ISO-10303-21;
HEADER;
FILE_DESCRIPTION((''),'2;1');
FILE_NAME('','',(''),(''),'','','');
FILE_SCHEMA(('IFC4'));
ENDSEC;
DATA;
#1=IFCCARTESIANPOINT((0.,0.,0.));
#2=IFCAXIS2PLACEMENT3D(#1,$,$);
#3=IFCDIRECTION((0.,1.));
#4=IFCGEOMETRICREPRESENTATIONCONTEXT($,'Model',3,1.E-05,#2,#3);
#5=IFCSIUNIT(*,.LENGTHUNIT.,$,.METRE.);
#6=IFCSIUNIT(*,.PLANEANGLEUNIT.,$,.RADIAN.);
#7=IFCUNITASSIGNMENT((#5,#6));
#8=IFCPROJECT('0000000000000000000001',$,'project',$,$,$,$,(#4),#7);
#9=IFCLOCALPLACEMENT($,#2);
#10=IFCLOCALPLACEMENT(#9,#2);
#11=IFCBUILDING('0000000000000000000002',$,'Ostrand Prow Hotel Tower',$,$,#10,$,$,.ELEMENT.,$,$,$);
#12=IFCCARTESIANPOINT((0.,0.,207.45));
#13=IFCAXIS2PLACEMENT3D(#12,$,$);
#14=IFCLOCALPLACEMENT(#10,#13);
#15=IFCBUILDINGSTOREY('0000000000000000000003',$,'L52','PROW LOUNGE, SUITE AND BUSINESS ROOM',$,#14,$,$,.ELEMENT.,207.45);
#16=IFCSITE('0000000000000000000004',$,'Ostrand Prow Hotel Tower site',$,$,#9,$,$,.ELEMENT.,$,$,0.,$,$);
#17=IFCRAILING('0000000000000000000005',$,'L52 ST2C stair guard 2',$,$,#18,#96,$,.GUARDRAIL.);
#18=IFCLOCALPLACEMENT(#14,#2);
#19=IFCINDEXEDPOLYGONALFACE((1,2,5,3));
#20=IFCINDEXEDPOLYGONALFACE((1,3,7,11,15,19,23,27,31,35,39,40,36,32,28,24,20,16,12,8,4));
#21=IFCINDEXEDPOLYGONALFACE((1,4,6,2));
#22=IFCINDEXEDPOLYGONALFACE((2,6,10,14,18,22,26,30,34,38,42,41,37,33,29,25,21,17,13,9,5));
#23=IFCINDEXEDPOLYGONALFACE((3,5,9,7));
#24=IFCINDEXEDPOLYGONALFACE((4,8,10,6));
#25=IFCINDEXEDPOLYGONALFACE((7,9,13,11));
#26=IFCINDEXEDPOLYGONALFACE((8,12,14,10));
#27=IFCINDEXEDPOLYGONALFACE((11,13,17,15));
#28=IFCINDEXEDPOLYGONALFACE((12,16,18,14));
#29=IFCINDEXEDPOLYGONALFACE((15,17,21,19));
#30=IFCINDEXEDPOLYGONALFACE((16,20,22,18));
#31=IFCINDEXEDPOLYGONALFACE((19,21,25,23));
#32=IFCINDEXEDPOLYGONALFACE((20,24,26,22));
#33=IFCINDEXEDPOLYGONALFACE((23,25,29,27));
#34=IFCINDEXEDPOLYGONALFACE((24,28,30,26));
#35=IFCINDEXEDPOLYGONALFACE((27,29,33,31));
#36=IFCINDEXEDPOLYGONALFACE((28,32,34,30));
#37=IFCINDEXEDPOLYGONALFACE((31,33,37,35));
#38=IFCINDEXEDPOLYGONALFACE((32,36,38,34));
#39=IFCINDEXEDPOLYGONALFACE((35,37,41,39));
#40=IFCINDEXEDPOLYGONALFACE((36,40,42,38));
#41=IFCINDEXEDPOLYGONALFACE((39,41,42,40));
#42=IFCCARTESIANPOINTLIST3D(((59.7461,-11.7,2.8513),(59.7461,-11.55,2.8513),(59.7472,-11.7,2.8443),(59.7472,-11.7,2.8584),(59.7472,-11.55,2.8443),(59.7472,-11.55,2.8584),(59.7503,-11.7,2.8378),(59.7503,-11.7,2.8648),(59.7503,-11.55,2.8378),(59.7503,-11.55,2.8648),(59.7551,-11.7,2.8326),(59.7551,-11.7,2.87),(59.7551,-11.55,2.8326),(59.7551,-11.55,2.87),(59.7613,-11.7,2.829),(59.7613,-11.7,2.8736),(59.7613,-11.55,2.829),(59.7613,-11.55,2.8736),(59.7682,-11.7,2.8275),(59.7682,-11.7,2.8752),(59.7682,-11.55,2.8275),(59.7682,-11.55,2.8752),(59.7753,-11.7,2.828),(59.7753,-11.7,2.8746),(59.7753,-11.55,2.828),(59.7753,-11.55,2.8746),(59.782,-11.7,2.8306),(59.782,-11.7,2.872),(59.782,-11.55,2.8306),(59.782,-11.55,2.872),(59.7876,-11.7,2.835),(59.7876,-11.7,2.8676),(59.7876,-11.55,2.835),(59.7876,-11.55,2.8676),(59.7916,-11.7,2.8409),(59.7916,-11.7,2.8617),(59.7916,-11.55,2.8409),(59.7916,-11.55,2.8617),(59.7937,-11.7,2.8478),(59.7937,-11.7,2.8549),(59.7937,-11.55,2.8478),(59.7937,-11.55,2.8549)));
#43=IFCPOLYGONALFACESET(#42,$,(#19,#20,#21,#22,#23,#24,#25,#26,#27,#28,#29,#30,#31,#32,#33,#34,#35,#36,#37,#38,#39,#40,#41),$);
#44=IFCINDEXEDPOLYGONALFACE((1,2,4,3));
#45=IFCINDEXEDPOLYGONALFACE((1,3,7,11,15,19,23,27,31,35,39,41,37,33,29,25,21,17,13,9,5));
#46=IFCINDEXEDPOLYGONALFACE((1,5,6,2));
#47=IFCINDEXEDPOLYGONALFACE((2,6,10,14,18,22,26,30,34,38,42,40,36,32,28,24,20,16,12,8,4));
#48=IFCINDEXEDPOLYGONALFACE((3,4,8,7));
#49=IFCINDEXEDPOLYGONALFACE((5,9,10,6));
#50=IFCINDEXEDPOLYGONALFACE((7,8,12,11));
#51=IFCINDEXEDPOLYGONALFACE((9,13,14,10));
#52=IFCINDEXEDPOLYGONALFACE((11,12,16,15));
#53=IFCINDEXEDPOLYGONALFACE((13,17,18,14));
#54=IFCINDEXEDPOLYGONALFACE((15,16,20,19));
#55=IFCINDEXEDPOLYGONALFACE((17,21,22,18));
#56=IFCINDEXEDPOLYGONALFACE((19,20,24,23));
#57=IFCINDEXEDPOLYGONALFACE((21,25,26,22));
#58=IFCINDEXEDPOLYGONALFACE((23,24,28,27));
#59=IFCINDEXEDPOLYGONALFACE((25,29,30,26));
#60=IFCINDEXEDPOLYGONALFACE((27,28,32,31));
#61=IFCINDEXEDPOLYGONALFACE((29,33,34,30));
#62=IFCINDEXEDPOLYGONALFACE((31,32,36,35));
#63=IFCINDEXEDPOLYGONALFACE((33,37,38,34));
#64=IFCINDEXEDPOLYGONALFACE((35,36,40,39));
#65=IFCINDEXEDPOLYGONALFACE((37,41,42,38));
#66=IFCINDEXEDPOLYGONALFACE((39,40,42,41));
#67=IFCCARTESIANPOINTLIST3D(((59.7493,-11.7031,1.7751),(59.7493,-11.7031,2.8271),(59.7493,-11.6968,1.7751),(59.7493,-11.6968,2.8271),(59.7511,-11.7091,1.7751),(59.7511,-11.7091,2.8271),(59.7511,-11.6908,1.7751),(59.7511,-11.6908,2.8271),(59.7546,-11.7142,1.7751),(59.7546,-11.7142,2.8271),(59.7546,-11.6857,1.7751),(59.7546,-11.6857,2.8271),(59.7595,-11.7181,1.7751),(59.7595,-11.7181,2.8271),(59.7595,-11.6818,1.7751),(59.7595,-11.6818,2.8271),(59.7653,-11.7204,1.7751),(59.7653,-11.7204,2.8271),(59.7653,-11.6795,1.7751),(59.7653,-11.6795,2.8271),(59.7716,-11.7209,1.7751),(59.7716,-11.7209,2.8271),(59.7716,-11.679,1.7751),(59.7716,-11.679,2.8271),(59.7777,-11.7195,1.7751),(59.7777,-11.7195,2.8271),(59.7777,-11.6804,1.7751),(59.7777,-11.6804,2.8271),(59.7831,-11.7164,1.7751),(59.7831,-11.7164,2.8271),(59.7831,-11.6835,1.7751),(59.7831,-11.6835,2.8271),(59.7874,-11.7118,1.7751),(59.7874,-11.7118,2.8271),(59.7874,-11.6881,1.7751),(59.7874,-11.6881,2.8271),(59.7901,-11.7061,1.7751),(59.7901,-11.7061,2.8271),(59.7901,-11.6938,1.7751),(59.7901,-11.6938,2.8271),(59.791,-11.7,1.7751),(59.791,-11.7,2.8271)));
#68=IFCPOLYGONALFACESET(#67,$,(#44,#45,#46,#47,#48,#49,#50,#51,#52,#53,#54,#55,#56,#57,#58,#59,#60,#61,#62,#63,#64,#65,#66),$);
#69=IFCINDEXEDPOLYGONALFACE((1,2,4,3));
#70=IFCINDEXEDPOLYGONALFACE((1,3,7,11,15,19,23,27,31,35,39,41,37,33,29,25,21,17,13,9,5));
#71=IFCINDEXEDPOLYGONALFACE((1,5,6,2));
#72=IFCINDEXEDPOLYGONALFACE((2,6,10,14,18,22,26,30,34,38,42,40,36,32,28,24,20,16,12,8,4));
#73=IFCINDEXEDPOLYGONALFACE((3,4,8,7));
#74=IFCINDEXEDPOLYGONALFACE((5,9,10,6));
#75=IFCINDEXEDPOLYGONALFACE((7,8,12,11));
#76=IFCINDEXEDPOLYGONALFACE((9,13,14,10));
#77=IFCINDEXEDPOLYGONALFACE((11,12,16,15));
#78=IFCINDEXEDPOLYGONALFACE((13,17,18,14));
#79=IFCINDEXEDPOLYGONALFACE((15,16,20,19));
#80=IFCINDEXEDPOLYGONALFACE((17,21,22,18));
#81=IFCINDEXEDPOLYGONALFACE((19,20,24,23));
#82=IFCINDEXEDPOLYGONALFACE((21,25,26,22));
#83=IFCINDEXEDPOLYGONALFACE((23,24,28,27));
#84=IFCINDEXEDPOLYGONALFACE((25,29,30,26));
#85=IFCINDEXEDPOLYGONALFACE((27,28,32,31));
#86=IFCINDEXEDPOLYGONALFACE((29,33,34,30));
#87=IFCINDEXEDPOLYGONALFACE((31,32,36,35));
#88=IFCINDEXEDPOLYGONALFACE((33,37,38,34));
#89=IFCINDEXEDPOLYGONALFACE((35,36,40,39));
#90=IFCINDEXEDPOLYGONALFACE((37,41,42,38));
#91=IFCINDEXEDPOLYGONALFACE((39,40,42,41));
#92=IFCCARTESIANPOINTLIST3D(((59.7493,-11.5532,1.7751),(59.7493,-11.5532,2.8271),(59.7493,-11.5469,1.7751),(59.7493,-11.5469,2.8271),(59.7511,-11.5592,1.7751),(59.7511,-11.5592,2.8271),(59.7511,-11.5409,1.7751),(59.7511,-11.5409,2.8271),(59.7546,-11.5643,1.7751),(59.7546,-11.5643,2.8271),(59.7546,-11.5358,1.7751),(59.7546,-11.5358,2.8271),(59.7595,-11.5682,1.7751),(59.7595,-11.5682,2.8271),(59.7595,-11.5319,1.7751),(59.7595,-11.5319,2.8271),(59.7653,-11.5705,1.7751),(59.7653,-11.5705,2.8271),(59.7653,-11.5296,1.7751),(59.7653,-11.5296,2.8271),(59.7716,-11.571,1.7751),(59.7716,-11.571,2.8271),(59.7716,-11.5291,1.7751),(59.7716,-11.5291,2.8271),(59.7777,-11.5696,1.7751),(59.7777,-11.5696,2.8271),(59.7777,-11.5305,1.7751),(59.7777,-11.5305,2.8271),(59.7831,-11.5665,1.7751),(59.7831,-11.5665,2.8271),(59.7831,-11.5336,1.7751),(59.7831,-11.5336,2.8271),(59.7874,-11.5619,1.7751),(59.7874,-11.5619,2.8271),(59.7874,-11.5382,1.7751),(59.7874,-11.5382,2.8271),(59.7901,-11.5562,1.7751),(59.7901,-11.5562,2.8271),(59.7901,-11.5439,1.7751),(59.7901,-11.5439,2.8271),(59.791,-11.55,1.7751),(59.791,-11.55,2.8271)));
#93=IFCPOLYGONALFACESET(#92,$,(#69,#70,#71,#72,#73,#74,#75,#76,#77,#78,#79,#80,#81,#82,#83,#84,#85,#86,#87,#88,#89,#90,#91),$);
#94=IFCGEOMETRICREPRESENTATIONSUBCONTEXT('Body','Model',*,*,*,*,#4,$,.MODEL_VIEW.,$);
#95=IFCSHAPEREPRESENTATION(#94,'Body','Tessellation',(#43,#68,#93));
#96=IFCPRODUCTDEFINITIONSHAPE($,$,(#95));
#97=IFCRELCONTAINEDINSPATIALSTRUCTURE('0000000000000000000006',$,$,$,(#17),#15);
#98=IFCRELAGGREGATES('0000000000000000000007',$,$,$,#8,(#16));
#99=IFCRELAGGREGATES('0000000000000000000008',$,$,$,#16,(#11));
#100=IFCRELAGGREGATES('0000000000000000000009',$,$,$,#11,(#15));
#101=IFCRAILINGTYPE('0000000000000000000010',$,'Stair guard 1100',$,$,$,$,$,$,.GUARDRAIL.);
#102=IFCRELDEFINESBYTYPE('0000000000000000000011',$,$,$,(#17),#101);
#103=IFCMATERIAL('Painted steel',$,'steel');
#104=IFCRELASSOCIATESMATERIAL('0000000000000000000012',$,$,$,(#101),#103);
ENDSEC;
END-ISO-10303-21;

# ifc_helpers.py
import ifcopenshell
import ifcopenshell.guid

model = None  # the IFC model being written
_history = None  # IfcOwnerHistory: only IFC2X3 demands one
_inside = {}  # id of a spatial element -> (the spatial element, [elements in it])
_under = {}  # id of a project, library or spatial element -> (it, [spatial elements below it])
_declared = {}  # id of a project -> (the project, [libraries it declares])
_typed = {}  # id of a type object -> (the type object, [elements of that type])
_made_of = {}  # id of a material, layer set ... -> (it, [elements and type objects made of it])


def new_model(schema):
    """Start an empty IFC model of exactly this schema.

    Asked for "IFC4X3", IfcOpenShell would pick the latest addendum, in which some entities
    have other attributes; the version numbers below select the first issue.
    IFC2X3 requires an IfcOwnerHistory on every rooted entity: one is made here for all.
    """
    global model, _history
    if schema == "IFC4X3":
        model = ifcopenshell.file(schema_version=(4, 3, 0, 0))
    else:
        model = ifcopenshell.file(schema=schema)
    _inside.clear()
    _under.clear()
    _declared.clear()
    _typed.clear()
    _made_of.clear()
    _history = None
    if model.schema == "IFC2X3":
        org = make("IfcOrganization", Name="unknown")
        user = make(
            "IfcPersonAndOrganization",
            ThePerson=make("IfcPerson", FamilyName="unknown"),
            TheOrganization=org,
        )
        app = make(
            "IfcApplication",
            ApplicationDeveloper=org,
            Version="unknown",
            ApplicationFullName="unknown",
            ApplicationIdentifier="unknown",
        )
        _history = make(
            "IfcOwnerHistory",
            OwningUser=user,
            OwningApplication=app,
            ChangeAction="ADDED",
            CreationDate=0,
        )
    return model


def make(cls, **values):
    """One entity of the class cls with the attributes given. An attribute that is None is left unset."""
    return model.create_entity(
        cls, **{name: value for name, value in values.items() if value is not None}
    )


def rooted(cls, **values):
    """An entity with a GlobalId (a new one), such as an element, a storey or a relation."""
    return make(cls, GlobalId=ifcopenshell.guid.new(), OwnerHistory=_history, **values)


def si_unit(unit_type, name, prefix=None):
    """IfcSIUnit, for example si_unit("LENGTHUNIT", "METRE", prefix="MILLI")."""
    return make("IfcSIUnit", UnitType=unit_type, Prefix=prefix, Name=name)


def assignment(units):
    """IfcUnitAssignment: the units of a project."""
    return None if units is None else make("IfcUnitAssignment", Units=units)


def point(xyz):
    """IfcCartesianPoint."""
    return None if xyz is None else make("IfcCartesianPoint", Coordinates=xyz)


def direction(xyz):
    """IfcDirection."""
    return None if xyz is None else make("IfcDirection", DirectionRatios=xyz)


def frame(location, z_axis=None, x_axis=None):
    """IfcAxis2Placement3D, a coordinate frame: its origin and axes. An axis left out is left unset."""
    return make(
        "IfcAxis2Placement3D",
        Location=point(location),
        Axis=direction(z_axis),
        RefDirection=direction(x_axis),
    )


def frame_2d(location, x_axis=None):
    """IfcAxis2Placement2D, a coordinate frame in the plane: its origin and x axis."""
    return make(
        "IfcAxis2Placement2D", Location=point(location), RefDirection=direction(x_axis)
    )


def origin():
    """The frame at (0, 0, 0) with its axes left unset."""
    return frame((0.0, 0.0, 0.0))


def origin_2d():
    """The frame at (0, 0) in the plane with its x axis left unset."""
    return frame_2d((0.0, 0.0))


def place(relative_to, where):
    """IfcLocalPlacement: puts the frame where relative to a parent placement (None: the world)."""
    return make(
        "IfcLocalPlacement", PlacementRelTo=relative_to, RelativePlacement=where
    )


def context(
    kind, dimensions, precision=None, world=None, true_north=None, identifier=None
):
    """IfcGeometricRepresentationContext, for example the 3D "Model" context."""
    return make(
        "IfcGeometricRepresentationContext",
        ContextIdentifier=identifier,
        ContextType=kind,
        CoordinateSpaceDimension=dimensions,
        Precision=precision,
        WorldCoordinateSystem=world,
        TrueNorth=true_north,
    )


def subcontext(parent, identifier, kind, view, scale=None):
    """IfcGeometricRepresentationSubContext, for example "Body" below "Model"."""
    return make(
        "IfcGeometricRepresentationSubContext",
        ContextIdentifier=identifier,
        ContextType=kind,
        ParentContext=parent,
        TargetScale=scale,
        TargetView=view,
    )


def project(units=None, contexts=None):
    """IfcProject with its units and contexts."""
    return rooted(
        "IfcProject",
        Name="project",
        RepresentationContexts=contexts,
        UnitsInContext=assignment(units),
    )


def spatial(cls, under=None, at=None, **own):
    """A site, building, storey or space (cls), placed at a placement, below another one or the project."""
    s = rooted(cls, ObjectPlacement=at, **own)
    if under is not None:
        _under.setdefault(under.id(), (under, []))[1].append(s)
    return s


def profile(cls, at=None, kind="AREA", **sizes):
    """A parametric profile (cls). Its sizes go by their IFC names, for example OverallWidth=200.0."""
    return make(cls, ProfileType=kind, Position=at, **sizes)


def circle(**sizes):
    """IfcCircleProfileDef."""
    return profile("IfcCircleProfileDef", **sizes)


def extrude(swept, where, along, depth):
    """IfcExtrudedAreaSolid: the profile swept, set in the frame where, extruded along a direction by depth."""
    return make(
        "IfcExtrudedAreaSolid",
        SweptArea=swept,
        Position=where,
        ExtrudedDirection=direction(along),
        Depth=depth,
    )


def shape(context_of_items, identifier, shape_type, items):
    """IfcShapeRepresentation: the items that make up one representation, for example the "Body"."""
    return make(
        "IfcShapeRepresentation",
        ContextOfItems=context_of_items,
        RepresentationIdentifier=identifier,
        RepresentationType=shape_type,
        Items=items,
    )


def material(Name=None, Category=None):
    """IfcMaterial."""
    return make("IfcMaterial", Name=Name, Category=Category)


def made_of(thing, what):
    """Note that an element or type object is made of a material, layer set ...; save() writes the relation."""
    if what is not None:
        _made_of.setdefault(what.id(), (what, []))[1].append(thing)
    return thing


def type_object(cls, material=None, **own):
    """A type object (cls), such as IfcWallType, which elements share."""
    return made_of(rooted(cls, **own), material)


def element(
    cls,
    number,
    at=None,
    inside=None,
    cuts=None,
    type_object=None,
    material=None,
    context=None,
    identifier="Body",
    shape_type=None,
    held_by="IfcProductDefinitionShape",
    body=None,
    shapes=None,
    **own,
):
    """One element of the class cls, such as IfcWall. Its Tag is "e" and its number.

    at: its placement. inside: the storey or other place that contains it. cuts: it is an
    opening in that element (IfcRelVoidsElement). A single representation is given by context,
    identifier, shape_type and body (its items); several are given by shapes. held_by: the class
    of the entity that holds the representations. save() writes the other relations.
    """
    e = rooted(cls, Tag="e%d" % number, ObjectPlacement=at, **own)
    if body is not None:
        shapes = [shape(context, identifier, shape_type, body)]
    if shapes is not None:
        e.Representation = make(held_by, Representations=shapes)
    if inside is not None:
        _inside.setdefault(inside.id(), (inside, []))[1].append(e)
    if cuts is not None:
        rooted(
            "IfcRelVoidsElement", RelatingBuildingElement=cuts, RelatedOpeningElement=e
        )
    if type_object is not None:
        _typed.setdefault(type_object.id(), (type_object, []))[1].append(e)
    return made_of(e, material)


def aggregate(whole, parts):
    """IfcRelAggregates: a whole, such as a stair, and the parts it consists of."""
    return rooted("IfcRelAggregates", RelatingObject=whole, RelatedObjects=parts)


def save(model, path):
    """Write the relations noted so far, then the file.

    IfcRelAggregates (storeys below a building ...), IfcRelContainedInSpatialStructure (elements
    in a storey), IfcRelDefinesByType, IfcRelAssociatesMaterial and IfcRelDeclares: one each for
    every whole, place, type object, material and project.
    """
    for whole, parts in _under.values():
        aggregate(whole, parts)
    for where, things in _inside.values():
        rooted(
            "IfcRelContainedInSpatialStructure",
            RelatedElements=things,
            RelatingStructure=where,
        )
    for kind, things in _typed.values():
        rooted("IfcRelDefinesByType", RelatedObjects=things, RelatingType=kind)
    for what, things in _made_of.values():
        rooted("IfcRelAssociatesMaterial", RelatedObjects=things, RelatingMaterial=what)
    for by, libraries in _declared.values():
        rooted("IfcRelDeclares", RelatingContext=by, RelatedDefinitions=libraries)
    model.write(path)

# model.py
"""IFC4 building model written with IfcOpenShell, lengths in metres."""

from ifc_helpers import new_model, si_unit, direction, frame, origin, origin_2d, place, context, subcontext, project, spatial, circle, extrude, material, type_object, element, save


model = new_model("IFC4")

# Units and contexts
model_context = context("Model", 3, precision=1e-05, world=origin(), true_north=direction((0.0, 1.0)))
body_context = subcontext(model_context, "Body", "Model", "MODEL_VIEW")
ifc_project = project(units=[si_unit("LENGTHUNIT", "METRE"), si_unit("PLANEANGLEUNIT", "RADIAN")], contexts=[model_context])

# Site, building, storey
site_placement = place(None, origin())
site = spatial("IfcSite", under=ifc_project, at=site_placement, Name="Ostrand Prow Hotel Tower site", CompositionType="ELEMENT", RefElevation=0.0)
building_placement = place(site_placement, origin())
building = spatial("IfcBuilding", under=site, at=building_placement, Name="Ostrand Prow Hotel Tower", CompositionType="ELEMENT")
storey_placement = place(building_placement, frame((0.0, 0.0, 207.45)))
storey = spatial("IfcBuildingStorey", under=building, at=storey_placement, Name="L52", Description="PROW LOUNGE, SUITE AND BUSINESS ROOM", CompositionType="ELEMENT", Elevation=207.45)

# Railing
ifc_material_1 = material(Name="Painted steel", Category="steel")
railing_type_1 = type_object("IfcRailingType", Name="Stair guard 1100", PredefinedType="GUARDRAIL", material=ifc_material_1)
railing_1_placement = place(storey_placement, frame((59.77, -11.7, 1.7751)))
element("IfcRailing", 1, at=railing_1_placement, inside=storey, type_object=railing_type_1, Name="L52 ST2C stair guard 2", PredefinedType="GUARDRAIL", context=body_context, shape_type="SweptSolid", body=[
    extrude(circle(Radius=0.0239, at=origin_2d()), frame((0.0, 0.0, 1.0762), z_axis=(0.0, 1.0, 0.0), x_axis=(-1.0, 0.0, 0.0)), (0.0, 0.0, 1.0), 0.1499),
    extrude(circle(Radius=0.021, at=origin_2d()), origin(), (0.0, 0.0, 1.0), 1.052),
    extrude(circle(Radius=0.021, at=origin_2d()), frame((0.0, 0.1499, 0.0)), (0.0, 0.0, 1.0), 1.052),
])

save(model, "model.ifc")
